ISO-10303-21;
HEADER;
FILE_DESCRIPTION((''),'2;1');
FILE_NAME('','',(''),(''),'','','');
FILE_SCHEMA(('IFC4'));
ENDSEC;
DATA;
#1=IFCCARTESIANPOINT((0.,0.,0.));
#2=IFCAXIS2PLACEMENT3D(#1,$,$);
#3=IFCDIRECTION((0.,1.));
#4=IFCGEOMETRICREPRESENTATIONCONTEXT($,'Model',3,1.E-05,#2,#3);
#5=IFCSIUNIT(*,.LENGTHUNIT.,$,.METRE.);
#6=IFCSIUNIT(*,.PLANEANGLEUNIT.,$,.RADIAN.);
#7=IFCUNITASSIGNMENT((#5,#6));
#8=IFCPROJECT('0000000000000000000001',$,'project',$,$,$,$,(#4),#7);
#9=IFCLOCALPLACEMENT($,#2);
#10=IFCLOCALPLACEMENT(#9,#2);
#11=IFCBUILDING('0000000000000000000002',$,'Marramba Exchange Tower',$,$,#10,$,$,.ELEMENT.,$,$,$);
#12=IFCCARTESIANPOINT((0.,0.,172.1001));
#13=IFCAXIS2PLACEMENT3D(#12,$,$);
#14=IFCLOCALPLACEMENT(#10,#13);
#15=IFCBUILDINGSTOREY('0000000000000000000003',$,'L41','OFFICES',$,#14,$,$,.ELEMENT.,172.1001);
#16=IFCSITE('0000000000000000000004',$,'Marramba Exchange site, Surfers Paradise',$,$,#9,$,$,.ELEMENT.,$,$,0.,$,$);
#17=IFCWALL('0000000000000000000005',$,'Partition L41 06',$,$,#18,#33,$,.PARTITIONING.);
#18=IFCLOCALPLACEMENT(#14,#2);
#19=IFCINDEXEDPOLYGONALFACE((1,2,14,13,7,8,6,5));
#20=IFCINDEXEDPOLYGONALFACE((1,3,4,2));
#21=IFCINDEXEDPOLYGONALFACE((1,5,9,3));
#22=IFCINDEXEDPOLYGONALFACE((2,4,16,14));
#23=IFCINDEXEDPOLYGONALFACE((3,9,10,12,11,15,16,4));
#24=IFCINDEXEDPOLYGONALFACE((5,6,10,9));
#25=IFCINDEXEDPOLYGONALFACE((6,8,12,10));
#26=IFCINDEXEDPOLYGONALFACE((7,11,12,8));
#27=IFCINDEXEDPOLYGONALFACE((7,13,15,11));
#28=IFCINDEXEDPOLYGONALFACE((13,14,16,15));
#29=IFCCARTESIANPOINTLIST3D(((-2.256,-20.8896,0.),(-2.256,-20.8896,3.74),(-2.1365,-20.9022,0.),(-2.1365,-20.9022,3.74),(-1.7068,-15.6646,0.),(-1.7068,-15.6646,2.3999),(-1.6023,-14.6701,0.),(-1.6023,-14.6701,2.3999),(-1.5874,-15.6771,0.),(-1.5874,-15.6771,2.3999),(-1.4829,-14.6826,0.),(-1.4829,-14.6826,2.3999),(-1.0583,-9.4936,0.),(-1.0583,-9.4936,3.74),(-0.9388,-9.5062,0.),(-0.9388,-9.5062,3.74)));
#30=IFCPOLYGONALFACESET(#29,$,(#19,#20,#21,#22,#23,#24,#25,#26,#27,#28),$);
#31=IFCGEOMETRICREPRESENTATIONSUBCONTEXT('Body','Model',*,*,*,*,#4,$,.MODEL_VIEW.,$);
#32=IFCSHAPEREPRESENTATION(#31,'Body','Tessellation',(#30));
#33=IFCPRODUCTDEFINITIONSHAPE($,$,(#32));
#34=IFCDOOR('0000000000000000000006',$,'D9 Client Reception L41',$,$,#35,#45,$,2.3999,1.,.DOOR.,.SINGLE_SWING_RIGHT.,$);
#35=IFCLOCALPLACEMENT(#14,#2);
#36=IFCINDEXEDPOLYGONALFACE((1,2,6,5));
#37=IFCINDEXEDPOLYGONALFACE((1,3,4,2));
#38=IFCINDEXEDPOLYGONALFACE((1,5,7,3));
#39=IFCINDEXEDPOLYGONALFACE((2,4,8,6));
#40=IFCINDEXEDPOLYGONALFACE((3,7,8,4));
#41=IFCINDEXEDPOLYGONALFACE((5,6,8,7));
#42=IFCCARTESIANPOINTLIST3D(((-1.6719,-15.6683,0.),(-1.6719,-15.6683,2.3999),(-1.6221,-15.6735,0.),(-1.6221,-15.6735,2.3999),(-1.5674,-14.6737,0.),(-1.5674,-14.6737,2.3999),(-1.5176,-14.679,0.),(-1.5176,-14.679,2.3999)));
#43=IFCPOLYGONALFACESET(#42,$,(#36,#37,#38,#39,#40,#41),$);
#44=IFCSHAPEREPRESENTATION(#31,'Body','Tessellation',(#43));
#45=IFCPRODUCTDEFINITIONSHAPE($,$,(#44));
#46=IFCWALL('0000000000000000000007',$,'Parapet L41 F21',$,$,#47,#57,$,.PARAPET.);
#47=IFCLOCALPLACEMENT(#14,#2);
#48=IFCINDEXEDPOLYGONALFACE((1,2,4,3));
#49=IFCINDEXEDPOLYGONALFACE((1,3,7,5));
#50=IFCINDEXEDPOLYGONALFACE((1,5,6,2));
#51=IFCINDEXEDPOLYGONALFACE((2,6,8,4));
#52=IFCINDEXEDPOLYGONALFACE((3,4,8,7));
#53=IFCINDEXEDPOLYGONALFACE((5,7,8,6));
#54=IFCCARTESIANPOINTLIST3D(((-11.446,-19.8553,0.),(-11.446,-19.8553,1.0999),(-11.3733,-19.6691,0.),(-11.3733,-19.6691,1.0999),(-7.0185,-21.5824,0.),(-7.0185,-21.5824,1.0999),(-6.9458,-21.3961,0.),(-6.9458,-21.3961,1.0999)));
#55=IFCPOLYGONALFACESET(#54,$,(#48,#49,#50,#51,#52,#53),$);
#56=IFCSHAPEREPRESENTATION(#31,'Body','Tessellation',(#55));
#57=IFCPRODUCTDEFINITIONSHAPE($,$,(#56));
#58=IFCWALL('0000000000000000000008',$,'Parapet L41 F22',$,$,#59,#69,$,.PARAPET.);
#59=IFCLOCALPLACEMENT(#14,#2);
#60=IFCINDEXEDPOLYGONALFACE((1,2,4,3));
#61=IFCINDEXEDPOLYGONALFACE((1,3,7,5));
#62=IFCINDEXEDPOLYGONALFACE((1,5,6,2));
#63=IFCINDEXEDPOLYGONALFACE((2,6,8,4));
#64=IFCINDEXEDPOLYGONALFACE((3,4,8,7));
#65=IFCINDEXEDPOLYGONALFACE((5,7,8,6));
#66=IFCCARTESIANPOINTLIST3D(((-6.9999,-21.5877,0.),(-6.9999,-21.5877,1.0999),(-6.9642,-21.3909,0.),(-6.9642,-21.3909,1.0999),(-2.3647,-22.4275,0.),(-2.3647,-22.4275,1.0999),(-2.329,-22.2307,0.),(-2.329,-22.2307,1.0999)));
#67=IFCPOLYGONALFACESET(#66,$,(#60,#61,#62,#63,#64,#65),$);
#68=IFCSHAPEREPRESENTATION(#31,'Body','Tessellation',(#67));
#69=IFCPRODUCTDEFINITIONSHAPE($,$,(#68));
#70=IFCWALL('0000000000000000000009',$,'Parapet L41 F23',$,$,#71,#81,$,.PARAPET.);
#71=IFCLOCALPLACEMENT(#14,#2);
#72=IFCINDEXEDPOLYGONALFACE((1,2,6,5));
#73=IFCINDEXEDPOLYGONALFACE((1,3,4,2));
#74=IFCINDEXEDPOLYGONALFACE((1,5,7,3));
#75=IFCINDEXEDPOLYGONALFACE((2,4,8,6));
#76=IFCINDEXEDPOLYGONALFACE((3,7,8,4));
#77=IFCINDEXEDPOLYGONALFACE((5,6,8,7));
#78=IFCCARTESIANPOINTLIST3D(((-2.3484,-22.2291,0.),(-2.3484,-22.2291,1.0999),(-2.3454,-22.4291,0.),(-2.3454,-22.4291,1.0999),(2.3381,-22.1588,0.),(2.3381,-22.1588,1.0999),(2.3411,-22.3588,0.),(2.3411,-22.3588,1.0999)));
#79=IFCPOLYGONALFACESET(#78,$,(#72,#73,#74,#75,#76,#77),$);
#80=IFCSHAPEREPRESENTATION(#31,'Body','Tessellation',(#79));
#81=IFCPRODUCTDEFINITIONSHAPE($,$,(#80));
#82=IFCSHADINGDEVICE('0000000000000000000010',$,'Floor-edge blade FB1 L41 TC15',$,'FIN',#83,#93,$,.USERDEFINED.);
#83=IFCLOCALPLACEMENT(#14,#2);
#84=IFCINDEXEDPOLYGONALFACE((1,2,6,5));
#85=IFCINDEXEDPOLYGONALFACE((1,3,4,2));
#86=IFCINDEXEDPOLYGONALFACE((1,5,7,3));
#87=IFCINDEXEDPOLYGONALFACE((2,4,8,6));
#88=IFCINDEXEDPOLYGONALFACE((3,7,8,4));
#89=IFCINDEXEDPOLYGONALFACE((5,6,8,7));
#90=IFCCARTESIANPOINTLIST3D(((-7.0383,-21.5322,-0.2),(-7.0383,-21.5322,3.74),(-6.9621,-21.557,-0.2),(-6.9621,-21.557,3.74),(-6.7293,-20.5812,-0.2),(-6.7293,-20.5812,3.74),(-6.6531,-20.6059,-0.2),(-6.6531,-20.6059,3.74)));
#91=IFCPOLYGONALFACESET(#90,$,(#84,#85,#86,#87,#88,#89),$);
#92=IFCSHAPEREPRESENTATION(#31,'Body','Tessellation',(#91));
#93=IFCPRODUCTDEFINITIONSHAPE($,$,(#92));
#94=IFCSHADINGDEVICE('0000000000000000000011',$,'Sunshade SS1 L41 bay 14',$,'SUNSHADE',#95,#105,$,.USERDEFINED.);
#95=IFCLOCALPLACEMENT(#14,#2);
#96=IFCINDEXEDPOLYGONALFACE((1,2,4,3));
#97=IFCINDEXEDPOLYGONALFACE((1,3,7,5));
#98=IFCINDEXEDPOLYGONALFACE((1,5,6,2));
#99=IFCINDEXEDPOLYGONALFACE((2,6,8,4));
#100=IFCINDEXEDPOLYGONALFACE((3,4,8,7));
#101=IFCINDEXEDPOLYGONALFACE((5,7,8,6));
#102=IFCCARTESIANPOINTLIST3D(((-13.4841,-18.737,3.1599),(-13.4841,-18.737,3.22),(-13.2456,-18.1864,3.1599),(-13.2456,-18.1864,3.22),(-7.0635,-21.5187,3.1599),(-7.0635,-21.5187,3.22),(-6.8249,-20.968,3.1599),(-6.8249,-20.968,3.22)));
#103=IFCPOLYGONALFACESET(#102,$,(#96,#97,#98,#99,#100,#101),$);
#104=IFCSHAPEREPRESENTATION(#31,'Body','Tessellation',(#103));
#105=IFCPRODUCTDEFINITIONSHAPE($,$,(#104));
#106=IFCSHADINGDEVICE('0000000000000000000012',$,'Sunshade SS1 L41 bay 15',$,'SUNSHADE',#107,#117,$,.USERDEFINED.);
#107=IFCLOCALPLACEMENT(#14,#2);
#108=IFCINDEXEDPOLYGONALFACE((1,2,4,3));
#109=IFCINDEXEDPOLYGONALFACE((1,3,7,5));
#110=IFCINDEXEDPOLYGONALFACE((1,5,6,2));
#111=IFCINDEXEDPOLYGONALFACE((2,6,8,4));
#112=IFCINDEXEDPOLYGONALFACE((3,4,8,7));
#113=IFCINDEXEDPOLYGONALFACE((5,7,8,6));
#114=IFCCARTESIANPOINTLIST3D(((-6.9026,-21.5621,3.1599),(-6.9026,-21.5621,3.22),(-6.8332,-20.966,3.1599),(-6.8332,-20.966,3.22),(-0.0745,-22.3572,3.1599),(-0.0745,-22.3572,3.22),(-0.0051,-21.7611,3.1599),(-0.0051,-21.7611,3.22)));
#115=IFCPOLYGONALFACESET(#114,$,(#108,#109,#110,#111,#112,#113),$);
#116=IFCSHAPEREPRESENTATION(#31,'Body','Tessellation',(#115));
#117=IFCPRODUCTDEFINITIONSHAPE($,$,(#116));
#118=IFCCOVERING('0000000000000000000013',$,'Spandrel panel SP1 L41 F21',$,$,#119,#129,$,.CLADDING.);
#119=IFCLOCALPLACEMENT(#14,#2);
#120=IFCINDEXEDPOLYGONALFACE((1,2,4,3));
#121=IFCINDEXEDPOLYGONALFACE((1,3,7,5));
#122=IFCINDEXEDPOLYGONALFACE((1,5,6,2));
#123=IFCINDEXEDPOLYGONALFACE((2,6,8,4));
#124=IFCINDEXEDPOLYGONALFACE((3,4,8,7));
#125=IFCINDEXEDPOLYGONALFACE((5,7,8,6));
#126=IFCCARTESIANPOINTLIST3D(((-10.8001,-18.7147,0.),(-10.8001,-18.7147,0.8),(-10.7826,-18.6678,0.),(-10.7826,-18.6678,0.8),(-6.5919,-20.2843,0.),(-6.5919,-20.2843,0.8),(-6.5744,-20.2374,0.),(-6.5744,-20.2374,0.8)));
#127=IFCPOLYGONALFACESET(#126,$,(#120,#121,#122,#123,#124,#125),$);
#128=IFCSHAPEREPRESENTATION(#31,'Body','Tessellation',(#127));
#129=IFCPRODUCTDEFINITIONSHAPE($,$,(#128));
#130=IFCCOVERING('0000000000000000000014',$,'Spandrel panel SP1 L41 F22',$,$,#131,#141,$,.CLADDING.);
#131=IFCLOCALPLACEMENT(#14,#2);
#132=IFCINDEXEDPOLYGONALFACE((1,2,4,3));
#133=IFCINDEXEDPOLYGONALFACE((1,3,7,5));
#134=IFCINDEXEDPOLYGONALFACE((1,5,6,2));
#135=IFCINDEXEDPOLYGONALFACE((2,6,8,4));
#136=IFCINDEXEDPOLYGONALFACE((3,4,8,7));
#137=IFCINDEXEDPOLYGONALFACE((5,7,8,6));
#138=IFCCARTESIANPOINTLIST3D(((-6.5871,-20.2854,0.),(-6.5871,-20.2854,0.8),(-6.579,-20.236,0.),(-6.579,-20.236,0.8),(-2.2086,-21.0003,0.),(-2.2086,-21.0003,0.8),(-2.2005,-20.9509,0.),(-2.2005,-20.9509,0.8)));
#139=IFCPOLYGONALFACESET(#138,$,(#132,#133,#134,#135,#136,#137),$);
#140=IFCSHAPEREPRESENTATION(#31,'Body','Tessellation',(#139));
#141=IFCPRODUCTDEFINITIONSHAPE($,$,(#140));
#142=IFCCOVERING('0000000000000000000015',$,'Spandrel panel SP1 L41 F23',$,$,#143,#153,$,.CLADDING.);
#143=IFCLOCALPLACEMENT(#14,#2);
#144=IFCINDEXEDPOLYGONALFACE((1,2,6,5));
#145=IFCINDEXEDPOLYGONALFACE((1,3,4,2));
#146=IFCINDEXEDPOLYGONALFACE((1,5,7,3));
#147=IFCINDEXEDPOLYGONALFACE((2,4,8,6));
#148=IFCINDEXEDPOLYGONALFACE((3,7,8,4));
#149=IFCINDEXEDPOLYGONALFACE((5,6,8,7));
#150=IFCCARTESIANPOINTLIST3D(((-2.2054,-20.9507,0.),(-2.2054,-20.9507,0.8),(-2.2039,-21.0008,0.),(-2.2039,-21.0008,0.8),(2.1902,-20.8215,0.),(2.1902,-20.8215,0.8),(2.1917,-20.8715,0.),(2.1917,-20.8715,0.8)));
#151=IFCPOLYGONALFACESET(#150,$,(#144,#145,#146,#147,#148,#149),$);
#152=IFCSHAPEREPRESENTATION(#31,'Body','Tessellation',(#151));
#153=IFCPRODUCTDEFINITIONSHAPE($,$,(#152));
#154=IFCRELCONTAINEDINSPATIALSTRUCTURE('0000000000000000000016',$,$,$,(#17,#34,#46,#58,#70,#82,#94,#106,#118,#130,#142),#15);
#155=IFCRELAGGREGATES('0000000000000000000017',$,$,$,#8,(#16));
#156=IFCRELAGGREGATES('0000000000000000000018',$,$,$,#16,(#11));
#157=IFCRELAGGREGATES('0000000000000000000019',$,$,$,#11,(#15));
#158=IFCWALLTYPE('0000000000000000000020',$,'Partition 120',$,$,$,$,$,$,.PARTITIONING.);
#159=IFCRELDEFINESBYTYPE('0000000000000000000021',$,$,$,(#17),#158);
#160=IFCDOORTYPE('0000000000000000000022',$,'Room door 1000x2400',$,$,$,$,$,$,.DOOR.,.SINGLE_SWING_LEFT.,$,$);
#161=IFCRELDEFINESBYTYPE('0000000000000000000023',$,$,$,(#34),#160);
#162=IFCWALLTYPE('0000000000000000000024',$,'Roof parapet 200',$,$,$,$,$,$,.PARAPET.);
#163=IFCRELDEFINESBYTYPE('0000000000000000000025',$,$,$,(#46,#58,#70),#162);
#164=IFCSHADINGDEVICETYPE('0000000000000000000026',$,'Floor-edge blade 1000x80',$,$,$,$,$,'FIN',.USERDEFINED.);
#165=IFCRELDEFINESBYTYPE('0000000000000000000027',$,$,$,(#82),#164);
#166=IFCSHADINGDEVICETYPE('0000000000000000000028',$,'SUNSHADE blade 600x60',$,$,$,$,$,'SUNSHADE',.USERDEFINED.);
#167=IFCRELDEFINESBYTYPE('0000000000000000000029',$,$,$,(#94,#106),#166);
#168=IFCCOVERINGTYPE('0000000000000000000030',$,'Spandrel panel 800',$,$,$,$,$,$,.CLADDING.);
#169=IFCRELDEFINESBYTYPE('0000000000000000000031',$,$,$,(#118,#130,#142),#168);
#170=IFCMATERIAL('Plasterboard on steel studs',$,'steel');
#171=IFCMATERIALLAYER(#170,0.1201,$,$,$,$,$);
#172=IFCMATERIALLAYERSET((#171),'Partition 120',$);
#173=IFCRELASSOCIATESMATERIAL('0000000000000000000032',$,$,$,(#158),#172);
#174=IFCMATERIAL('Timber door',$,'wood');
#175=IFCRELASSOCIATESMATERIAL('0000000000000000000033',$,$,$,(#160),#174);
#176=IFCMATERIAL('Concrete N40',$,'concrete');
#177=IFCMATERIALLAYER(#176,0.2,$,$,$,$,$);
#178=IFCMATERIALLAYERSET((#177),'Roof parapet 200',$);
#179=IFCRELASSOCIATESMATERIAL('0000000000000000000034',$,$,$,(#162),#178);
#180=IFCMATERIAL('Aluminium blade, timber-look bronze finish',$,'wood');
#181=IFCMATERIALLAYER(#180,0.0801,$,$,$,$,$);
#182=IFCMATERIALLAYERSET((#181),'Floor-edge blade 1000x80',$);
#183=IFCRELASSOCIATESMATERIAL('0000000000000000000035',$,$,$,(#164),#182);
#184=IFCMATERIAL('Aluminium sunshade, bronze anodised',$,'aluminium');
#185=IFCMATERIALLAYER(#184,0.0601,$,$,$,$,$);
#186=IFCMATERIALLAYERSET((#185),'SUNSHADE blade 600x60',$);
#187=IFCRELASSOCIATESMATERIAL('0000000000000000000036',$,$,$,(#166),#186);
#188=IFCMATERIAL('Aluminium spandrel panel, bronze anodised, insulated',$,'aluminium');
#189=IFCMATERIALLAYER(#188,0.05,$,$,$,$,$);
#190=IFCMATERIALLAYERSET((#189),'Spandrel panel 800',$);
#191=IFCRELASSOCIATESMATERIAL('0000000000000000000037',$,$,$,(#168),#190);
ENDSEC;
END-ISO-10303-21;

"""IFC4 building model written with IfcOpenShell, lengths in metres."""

from ifc_helpers import new_model, si_unit, direction, frame, frame_2d, origin, origin_2d, place, context, subcontext, project, spatial, rectangle, extrude, material, layer, layer_set, type_object, element, fill, save


model = new_model("IFC4")

# Units and contexts
model_context = context("Model", 3, precision=1e-05, world=origin(), true_north=direction((0.0, 1.0)))
body_context = subcontext(model_context, "Body", "Model", "MODEL_VIEW")
ifc_project = project(units=[si_unit("LENGTHUNIT", "METRE"), si_unit("PLANEANGLEUNIT", "RADIAN")], contexts=[model_context])

# Site, building, storey
site_placement = place(None, origin())
site = spatial("IfcSite", under=ifc_project, at=site_placement, Name="Marramba Exchange site, Surfers Paradise", CompositionType="ELEMENT", RefElevation=0.0)
building_placement = place(site_placement, origin())
building = spatial("IfcBuilding", under=site, at=building_placement, Name="Marramba Exchange Tower", CompositionType="ELEMENT")
storey_placement = place(building_placement, frame((0.0, 0.0, 172.1001)))
storey = spatial("IfcBuildingStorey", under=building, at=storey_placement, Name="L41", Description="OFFICES", CompositionType="ELEMENT", Elevation=172.1001)

# Wall, opening, door
ifc_material_1 = material(Name="Plasterboard on steel studs", Category="steel")
ifc_layer_1 = layer(ifc_material_1, 0.1201)
ifc_layer_set_1 = layer_set([ifc_layer_1], Name="Partition 120")
wall_type_1 = type_object("IfcWallType", Name="Partition 120", PredefinedType="PARTITIONING", material=ifc_layer_set_1)
wall_1_placement = place(storey_placement, frame((-2.1963, -20.896, 0.0), z_axis=(0.0, 0.0, 1.0), x_axis=(0.104527, 0.994522, 0.0)))
wall_1 = element("IfcWall", 1, at=wall_1_placement, inside=storey, type_object=wall_type_1, Name="Partition L41 06", PredefinedType="PARTITIONING", context=body_context, shape_type="SweptSolid", body=[
    extrude(rectangle(XDim=11.4587, YDim=0.1201, at=frame_2d((5.7295, 0.0))), origin(), (0.0, 0.0, 1.0), 3.74),
])
opening_placement = place(wall_1_placement, frame((5.2539, 0.0, 0.0)))
opening = element("IfcOpeningElement", 2, at=opening_placement, cuts=wall_1, PredefinedType="OPENING", context=body_context, shape_type="SweptSolid", body=[
    extrude(rectangle(XDim=1.0, YDim=2.3999, at=frame_2d((0.5, 1.2))), frame((0.0, 0.0701, 0.0), z_axis=(0.0, -1.0, 0.0), x_axis=(1.0, 0.0, 0.0)), (0.0, 0.0, 1.0), 0.1401),
])
ifc_material_2 = material(Name="Timber door", Category="wood")
door_type = type_object("IfcDoorType", Name="Room door 1000x2400", OperationType="SINGLE_SWING_LEFT", PredefinedType="DOOR", material=ifc_material_2)
door_placement = place(opening_placement, frame((1.0, 0.0, 0.0), z_axis=(0.0, 0.0, 1.0), x_axis=(-1.0, 0.0, 0.0)))
door = element("IfcDoor", 3, at=door_placement, inside=storey, type_object=door_type, Name="D9 Client Reception L41", OperationType="SINGLE_SWING_RIGHT", OverallHeight=2.3999, OverallWidth=1.0, PredefinedType="DOOR", context=body_context, shape_type="SweptSolid", body=[
    extrude(rectangle(XDim=1.0, YDim=2.3999, at=frame_2d((0.5, 1.2))), frame((0.0, 0.0251, 0.0), z_axis=(0.0, -1.0, 0.0), x_axis=(1.0, 0.0, 0.0)), (0.0, 0.0, 1.0), 0.05),
])
fill(opening, door)

# Walls
ifc_material_3 = material(Name="Concrete N40", Category="concrete")
ifc_layer_2 = layer(ifc_material_3, 0.2)
ifc_layer_set_2 = layer_set([ifc_layer_2], Name="Roof parapet 200")
wall_type_2 = type_object("IfcWallType", Name="Roof parapet 200", PredefinedType="PARAPET", material=ifc_layer_set_2)
wall_2_placement = place(storey_placement, frame((-11.4097, -19.7622, 0.0), z_axis=(0.0, 0.0, 1.0), x_axis=(0.931631, -0.363405, 0.0)))
element("IfcWall", 4, at=wall_2_placement, inside=storey, type_object=wall_type_2, Name="Parapet L41 F21", PredefinedType="PARAPET", context=body_context, shape_type="SweptSolid", body=[
    extrude(rectangle(XDim=4.7524, YDim=0.2, at=frame_2d((2.3762, 0.0))), origin(), (0.0, 0.0, 1.0), 1.0999),
])
wall_3_placement = place(storey_placement, frame((-6.9822, -21.4893, 0.0), z_axis=(0.0, 0.0, 1.0), x_axis=(0.983979, -0.178283, 0.0)))
element("IfcWall", 5, at=wall_3_placement, inside=storey, type_object=wall_type_2, Name="Parapet L41 F22", PredefinedType="PARAPET", context=body_context, shape_type="SweptSolid", body=[
    extrude(rectangle(XDim=4.7107, YDim=0.2, at=frame_2d((2.3555, 0.0))), origin(), (0.0, 0.0, 1.0), 1.0999),
])
wall_4_placement = place(storey_placement, frame((-2.3469, -22.3291, 0.0), z_axis=(0.0, 0.0, 1.0), x_axis=(0.999887, 0.015001, 0.0)))
element("IfcWall", 6, at=wall_4_placement, inside=storey, type_object=wall_type_2, Name="Parapet L41 F23", PredefinedType="PARAPET", context=body_context, shape_type="SweptSolid", body=[
    extrude(rectangle(XDim=4.687, YDim=0.2, at=frame_2d((2.3435, 0.0))), origin(), (0.0, 0.0, 1.0), 1.0999),
])

# Shading devices
ifc_material_4 = material(Name="Aluminium blade, timber-look bronze finish", Category="wood")
ifc_layer_3 = layer(ifc_material_4, 0.0801)
ifc_layer_set_3 = layer_set([ifc_layer_3], Name="Floor-edge blade 1000x80")
shading_device_type_1 = type_object("IfcShadingDeviceType", Name="Floor-edge blade 1000x80", ElementType="FIN", PredefinedType="USERDEFINED", material=ifc_layer_set_3)
shading_device_1_placement = place(storey_placement, frame((-6.8457, -21.0691, -0.2), z_axis=(0.0, 0.0, 1.0), x_axis=(-0.309017, -0.951057, 0.0)))
element("IfcShadingDevice", 7, at=shading_device_1_placement, inside=storey, type_object=shading_device_type_1, Name="Floor-edge blade FB1 L41 TC15", ObjectType="FIN", PredefinedType="USERDEFINED", context=body_context, shape_type="SweptSolid", body=[
    extrude(rectangle(XDim=1.0, YDim=0.0801, at=origin_2d()), origin(), (0.0, 0.0, 1.0), 3.9399),
])
ifc_material_5 = material(Name="Aluminium sunshade, bronze anodised", Category="aluminium")
ifc_layer_4 = layer(ifc_material_5, 0.0601)
ifc_layer_set_4 = layer_set([ifc_layer_4], Name="SUNSHADE blade 600x60")
shading_device_type_2 = type_object("IfcShadingDeviceType", Name="SUNSHADE blade 600x60", ElementType="SUNSHADE", PredefinedType="USERDEFINED", material=ifc_layer_set_4)
shading_device_2_placement = place(storey_placement, frame((-10.1545, -19.8525, 3.1599), z_axis=(0.0, 0.0, 1.0), x_axis=(0.917589, -0.39753, 0.0)))
element("IfcShadingDevice", 8, at=shading_device_2_placement, inside=storey, type_object=shading_device_type_2, Name="Sunshade SS1 L41 bay 14", ObjectType="SUNSHADE", PredefinedType="USERDEFINED", context=body_context, shape_type="SweptSolid", body=[
    extrude(rectangle(XDim=6.9973, YDim=0.6001, at=origin_2d()), origin(), (0.0, 0.0, 1.0), 0.0601),
])
shading_device_3_placement = place(storey_placement, frame((-3.4539, -21.6616, 3.1599), z_axis=(0.0, 0.0, 1.0), x_axis=(0.993288, -0.115665, 0.0)))
element("IfcShadingDevice", 9, at=shading_device_3_placement, inside=storey, type_object=shading_device_type_2, Name="Sunshade SS1 L41 bay 15", ObjectType="SUNSHADE", PredefinedType="USERDEFINED", context=body_context, shape_type="SweptSolid", body=[
    extrude(rectangle(XDim=6.8743, YDim=0.6001, at=origin_2d()), origin(), (0.0, 0.0, 1.0), 0.0601),
])

# Coverings
ifc_material_6 = material(Name="Aluminium spandrel panel, bronze anodised, insulated", Category="aluminium")
ifc_layer_5 = layer(ifc_material_6, 0.05)
ifc_layer_set_5 = layer_set([ifc_layer_5], Name="Spandrel panel 800")
covering_type = type_object("IfcCoveringType", Name="Spandrel panel 800", PredefinedType="CLADDING", material=ifc_layer_set_5)
covering_1_placement = place(storey_placement, frame((-8.6873, -19.4761, 0.0), z_axis=(0.0, 0.0, 1.0), x_axis=(0.936952, -0.349459, 0.0)))
element("IfcCovering", 10, at=covering_1_placement, inside=storey, type_object=covering_type, Name="Spandrel panel SP1 L41 F21", PredefinedType="CLADDING", context=body_context, shape_type="SweptSolid", body=[
    extrude(rectangle(XDim=4.4915, YDim=0.05, at=origin_2d()), origin(), (0.0, 0.0, 1.0), 0.8),
])
covering_2_placement = place(storey_placement, frame((-4.3938, -20.6182, 0.0), z_axis=(0.0, 0.0, 1.0), x_axis=(0.986931, -0.161146, 0.0)))
element("IfcCovering", 11, at=covering_2_placement, inside=storey, type_object=covering_type, Name="Spandrel panel SP1 L41 F22", PredefinedType="CLADDING", context=body_context, shape_type="SweptSolid", body=[
    extrude(rectangle(XDim=4.4365, YDim=0.05, at=origin_2d()), origin(), (0.0, 0.0, 1.0), 0.8),
])
covering_3_placement = place(storey_placement, frame((-0.0068, -20.9111, 0.0), z_axis=(0.0, 0.0, 1.0), x_axis=(0.999568, 0.029393, 0.0)))
element("IfcCovering", 12, at=covering_3_placement, inside=storey, type_object=covering_type, Name="Spandrel panel SP1 L41 F23", PredefinedType="CLADDING", context=body_context, shape_type="SweptSolid", body=[
    extrude(rectangle(XDim=4.3975, YDim=0.05, at=origin_2d()), origin(), (0.0, 0.0, 1.0), 0.8),
])

save(model, "model.ifc")
